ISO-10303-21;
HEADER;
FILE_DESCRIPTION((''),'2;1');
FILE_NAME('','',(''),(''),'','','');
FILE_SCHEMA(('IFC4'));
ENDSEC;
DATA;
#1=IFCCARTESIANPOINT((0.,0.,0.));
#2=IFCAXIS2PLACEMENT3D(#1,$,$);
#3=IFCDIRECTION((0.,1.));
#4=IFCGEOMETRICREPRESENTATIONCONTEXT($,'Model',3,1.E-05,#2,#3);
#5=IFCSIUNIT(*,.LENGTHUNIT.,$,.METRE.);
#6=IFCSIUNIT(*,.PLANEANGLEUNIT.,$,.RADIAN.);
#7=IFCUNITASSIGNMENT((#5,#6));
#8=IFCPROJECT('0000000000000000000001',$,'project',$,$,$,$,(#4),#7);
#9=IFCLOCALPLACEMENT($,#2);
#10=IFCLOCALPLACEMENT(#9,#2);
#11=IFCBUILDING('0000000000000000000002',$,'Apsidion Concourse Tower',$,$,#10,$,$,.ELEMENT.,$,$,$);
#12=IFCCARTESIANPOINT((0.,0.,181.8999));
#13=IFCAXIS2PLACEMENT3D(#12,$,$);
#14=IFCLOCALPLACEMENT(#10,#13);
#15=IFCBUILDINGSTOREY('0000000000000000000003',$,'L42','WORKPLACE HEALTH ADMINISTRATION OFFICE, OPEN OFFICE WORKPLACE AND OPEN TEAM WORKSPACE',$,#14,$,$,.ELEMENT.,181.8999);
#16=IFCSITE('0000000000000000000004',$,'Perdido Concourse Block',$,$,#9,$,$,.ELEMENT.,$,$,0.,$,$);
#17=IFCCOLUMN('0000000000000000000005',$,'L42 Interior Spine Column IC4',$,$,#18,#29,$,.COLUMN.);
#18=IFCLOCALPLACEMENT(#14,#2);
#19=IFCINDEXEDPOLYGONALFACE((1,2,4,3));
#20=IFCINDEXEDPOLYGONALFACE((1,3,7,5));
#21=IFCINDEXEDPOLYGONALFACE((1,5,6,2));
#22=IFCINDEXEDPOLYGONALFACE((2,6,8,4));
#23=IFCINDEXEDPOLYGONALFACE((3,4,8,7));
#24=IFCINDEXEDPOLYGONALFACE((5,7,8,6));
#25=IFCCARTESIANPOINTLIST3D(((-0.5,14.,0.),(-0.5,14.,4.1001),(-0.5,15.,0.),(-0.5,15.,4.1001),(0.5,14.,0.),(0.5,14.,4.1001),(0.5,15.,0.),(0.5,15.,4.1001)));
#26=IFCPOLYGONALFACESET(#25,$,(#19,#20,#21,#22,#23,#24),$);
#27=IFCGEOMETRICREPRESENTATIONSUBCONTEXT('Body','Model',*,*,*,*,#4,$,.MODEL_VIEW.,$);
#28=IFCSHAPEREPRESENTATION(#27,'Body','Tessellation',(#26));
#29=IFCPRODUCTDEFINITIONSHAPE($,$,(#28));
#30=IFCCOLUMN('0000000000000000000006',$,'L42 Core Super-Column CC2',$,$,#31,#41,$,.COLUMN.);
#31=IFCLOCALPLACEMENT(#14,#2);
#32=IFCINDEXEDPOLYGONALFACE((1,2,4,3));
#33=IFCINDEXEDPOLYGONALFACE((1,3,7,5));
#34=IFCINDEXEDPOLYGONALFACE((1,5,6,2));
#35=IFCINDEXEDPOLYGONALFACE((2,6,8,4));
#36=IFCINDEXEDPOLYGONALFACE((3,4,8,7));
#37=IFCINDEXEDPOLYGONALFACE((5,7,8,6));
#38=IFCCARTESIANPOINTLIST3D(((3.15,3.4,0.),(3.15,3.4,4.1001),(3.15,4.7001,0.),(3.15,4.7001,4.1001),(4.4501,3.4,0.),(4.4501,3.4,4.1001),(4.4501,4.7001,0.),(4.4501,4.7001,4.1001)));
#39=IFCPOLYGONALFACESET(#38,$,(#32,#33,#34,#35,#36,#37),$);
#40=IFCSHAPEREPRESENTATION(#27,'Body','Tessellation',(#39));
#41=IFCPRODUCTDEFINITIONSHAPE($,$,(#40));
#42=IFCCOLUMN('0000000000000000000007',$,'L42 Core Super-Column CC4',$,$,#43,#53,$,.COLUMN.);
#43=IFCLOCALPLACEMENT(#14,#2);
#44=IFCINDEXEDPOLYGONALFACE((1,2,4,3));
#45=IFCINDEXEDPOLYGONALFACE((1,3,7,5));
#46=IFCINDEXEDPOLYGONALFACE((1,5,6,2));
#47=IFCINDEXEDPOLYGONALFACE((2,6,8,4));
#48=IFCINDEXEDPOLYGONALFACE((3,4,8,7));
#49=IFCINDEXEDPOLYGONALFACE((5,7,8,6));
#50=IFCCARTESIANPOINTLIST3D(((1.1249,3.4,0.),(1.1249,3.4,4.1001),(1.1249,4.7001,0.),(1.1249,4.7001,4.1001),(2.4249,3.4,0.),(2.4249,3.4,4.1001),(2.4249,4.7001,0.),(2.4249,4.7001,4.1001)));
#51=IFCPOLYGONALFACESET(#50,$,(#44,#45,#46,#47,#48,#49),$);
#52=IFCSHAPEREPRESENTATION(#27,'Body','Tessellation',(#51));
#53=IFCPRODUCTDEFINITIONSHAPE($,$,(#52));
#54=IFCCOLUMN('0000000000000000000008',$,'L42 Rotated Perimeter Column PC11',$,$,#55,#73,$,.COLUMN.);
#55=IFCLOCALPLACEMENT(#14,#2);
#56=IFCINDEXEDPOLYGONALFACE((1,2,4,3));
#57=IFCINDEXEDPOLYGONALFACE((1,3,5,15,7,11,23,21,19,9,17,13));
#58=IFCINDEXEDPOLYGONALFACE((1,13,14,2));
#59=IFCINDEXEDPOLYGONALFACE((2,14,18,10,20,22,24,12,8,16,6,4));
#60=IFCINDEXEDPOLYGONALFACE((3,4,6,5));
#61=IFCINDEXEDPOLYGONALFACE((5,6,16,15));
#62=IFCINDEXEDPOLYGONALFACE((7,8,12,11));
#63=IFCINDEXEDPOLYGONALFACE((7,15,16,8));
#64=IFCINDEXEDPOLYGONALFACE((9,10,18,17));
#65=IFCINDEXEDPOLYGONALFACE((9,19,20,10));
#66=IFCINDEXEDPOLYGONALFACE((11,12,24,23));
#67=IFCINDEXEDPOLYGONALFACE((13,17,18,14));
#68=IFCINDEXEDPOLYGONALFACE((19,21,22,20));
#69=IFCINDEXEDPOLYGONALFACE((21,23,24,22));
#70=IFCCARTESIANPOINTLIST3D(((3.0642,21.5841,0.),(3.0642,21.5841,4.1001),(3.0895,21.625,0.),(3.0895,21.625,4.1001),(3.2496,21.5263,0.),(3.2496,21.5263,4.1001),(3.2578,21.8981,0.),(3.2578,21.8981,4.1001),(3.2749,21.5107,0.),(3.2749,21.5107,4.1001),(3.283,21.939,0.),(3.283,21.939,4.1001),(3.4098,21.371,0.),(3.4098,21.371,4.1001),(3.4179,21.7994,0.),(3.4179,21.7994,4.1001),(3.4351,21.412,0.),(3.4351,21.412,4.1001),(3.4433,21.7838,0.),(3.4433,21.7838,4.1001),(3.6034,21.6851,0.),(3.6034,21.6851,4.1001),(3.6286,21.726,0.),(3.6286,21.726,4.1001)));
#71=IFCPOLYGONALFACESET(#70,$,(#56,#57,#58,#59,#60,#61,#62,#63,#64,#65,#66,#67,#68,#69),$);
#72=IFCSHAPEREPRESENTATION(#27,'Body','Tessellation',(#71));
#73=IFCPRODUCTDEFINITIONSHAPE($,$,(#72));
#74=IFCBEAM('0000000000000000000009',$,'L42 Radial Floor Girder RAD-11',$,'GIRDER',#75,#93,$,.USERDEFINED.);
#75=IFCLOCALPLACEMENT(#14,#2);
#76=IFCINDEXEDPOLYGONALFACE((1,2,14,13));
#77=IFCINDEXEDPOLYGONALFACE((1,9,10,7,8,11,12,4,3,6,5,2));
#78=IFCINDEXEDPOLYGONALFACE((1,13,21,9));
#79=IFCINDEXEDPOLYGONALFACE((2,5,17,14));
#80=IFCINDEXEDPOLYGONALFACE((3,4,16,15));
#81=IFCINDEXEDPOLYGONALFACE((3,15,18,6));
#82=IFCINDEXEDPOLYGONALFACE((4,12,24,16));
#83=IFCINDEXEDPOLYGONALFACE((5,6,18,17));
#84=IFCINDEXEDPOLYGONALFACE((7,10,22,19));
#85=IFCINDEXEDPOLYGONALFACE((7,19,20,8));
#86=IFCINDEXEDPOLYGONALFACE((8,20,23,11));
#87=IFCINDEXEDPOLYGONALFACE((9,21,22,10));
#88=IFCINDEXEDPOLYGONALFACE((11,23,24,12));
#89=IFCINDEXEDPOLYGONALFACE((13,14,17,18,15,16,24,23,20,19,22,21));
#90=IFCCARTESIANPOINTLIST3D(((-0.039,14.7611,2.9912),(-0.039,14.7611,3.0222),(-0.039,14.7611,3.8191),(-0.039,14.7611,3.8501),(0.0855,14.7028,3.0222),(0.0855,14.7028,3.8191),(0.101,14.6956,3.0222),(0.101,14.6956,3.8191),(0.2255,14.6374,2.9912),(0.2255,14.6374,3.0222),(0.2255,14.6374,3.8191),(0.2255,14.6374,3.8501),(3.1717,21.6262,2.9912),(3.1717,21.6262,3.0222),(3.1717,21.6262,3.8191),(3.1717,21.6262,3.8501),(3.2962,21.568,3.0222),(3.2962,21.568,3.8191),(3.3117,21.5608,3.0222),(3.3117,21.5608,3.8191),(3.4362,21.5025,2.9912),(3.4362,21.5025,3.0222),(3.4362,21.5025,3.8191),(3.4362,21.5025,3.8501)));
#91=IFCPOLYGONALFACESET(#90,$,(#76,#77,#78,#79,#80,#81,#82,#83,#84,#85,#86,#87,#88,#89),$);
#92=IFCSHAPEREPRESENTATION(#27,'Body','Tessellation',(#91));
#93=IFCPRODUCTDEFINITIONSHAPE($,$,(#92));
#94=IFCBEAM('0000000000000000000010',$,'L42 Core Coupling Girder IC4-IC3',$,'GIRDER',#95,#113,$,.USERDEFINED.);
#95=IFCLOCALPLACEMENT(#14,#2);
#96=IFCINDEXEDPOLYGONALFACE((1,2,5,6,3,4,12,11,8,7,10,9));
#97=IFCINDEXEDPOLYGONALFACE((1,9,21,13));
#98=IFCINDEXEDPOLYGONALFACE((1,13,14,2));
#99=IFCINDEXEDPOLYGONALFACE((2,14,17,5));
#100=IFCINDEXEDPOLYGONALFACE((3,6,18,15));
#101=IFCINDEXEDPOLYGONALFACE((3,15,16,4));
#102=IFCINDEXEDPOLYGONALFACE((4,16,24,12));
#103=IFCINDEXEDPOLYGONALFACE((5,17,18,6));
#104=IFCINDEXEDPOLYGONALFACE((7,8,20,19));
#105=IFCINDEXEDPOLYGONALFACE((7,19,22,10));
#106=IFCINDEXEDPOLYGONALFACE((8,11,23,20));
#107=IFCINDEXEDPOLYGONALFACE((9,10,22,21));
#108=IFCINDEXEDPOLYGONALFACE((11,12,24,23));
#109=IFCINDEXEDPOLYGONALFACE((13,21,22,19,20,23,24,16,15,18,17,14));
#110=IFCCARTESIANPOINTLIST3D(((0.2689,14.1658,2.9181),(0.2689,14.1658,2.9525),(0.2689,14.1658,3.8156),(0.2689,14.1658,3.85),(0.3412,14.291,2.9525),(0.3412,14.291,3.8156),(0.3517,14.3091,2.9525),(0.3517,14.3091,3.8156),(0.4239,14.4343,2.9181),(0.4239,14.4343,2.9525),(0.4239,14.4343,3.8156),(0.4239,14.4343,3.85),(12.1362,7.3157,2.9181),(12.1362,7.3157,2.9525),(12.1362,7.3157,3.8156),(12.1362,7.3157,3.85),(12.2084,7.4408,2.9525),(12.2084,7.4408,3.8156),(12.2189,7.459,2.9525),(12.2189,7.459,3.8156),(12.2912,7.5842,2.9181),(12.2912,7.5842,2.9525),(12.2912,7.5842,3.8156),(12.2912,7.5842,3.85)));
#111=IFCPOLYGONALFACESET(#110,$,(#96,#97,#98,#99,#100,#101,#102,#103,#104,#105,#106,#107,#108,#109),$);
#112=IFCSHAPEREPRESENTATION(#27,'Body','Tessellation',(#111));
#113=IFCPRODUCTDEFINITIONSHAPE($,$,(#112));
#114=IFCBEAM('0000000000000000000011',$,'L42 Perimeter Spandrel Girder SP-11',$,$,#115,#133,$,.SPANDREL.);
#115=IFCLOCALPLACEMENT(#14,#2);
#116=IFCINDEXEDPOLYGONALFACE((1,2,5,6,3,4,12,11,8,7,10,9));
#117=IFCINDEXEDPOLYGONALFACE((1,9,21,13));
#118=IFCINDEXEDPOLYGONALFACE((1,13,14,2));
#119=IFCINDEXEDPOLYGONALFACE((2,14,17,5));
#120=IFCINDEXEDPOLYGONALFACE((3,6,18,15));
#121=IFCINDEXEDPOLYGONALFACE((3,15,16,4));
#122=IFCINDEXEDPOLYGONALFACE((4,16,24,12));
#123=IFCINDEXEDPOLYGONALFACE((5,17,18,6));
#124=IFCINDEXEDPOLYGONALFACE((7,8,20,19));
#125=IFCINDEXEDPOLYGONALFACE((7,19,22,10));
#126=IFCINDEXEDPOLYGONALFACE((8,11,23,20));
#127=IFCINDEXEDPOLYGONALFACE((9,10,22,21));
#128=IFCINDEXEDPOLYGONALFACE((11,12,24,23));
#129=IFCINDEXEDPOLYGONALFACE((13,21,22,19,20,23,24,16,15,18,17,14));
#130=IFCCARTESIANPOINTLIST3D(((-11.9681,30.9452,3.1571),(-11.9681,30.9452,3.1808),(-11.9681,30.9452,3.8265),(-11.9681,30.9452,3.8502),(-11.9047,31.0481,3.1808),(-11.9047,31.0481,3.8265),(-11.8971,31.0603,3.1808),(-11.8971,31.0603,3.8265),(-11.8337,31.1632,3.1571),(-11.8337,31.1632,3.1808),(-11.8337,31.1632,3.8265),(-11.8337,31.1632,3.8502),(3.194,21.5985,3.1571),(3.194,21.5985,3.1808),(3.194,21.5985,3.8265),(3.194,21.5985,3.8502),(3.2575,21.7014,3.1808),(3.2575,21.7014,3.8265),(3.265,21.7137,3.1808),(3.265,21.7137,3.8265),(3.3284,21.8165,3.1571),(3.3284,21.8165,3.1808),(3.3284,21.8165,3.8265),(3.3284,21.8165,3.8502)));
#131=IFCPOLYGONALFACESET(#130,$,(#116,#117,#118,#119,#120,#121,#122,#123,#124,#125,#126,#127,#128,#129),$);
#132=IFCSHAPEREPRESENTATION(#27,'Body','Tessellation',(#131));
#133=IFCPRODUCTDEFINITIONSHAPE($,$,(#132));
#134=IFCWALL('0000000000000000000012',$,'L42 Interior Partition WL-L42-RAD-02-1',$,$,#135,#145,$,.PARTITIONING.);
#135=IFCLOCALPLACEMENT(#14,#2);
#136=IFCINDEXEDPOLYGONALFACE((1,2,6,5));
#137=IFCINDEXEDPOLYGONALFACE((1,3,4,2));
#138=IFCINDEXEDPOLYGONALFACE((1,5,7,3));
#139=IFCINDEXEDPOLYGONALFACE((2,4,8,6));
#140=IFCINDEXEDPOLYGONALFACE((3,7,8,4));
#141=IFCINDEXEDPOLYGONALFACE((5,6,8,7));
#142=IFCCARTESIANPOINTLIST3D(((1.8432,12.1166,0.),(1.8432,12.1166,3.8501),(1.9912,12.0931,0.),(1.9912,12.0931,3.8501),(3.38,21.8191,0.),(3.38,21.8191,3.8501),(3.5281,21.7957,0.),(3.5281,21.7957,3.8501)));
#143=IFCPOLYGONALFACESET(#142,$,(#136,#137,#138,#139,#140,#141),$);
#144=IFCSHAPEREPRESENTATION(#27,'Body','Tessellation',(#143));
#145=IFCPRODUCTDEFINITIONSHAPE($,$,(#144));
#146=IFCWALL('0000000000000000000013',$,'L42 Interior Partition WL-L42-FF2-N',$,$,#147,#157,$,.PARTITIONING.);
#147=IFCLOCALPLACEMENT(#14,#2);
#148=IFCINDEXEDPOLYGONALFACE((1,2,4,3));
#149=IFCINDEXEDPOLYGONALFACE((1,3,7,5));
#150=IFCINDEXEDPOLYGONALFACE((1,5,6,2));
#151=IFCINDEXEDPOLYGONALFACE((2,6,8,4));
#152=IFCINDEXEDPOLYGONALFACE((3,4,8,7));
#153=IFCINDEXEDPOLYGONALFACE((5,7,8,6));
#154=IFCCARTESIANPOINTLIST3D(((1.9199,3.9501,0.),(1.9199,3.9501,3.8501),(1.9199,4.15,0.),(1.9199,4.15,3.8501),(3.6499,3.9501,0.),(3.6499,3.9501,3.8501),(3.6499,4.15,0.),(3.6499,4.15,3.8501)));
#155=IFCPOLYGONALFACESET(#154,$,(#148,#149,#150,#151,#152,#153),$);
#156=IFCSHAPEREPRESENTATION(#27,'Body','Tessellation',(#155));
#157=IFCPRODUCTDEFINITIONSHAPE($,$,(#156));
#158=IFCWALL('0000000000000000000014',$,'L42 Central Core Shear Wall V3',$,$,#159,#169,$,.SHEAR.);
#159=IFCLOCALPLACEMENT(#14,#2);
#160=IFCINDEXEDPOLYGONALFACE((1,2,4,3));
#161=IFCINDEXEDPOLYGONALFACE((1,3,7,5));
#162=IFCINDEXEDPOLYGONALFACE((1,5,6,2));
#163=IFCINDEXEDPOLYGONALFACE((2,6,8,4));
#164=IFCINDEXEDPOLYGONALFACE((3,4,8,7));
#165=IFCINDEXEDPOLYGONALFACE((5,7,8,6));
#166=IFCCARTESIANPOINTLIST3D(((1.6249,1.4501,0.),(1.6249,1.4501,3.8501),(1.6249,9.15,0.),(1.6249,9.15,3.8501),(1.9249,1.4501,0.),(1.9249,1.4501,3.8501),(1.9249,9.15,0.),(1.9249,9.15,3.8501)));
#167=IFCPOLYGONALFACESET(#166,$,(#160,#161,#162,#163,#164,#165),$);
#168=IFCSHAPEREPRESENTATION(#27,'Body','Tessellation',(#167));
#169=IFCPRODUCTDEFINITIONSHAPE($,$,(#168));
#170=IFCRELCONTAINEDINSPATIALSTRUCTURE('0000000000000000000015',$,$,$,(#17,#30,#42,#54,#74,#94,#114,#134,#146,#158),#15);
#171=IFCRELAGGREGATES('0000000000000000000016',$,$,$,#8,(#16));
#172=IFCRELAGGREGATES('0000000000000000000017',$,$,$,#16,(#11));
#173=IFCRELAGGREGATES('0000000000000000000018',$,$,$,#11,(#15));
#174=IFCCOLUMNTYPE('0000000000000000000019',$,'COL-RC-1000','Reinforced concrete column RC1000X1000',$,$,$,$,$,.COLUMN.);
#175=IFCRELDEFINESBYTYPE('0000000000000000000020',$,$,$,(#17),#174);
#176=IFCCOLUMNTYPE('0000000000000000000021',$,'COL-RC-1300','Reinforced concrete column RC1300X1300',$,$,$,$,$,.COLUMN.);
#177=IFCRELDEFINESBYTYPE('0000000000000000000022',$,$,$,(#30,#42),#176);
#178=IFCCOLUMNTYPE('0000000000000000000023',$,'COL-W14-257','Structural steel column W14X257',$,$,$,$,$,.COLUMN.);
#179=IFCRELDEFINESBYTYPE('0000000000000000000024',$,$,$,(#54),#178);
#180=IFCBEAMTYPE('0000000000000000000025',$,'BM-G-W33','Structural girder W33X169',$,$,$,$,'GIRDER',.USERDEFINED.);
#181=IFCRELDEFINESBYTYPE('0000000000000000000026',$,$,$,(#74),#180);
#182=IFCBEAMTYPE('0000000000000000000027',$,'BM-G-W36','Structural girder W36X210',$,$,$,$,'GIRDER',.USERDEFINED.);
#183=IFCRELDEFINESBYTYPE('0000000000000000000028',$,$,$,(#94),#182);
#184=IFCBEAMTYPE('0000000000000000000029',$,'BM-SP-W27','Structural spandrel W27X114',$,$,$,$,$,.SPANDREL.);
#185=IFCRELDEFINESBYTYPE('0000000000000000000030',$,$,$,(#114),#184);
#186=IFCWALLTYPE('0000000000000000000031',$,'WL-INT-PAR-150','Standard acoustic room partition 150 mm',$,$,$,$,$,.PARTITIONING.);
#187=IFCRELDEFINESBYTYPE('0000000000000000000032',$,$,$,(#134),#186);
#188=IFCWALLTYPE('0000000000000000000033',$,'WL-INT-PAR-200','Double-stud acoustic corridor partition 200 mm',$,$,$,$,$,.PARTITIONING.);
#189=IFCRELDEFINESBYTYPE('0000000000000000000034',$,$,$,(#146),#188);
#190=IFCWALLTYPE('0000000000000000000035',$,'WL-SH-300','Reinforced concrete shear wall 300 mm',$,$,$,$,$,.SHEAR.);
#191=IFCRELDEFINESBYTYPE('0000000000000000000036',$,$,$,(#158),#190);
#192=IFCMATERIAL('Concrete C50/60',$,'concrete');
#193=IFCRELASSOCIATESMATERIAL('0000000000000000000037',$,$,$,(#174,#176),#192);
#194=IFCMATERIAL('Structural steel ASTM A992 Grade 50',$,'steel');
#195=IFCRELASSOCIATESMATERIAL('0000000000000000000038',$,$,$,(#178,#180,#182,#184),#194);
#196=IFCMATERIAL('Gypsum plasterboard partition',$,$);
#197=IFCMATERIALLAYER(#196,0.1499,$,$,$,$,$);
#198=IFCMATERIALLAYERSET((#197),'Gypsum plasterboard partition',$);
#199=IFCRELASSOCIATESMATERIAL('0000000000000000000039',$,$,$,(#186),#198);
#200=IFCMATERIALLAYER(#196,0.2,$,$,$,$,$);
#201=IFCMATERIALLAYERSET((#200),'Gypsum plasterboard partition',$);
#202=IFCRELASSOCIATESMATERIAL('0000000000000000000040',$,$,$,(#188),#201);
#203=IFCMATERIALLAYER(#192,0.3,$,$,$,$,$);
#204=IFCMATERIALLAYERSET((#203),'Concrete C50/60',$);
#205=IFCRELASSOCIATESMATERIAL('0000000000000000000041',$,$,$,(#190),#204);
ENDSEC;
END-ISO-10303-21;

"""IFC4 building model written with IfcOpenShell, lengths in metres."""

from ifc_helpers import new_model, si_unit, direction, frame, frame_2d, origin, origin_2d, place, context, subcontext, project, spatial, rectangle, i_section, extrude, material, layer, layer_set, material_profile, profile_set, type_object, element, save


model = new_model("IFC4")

# Units and contexts
model_context = context("Model", 3, precision=1e-05, world=origin(), true_north=direction((0.0, 1.0)))
body_context = subcontext(model_context, "Body", "Model", "MODEL_VIEW")
ifc_project = project(units=[si_unit("LENGTHUNIT", "METRE"), si_unit("PLANEANGLEUNIT", "RADIAN")], contexts=[model_context])

# Site, building, storey
site_placement = place(None, origin())
site = spatial("IfcSite", under=ifc_project, at=site_placement, Name="Perdido Concourse Block", CompositionType="ELEMENT", RefElevation=0.0)
building_placement = place(site_placement, origin())
building = spatial("IfcBuilding", under=site, at=building_placement, Name="Apsidion Concourse Tower", CompositionType="ELEMENT")
storey_placement = place(building_placement, frame((0.0, 0.0, 181.8999)))
storey = spatial("IfcBuildingStorey", under=building, at=storey_placement, Name="L42", Description="WORKPLACE HEALTH ADMINISTRATION OFFICE, OPEN OFFICE WORKPLACE AND OPEN TEAM WORKSPACE", CompositionType="ELEMENT", Elevation=181.8999)

# Columns
ifc_material_1 = material(Name="Concrete C50/60", Category="concrete")
ifc_material_profile_1 = material_profile(ifc_material_1, rectangle(XDim=1.0, YDim=1.0, at=origin_2d()), Name="RC 1000x1000")
ifc_profile_set_1 = profile_set([ifc_material_profile_1], Name="Concrete C50/60")
column_type_1 = type_object("IfcColumnType", Name="COL-RC-1000", Description="Reinforced concrete column RC1000X1000", PredefinedType="COLUMN", material=ifc_profile_set_1)
column_1_placement = place(storey_placement, frame((0.0, 14.5, 0.0), z_axis=(0.0, 0.0, 1.0), x_axis=(1.0, 0.0, 0.0)))
element("IfcColumn", 1, at=column_1_placement, inside=storey, type_object=column_type_1, Name="L42 Interior Spine Column IC4", PredefinedType="COLUMN", context=body_context, shape_type="SweptSolid", body=[
    extrude(rectangle(XDim=1.0, YDim=1.0, at=origin_2d()), origin(), (0.0, 0.0, 1.0), 4.1001),
])
ifc_material_profile_2 = material_profile(ifc_material_1, rectangle(XDim=1.3, YDim=1.3, at=origin_2d()), Name="RC 1300x1300")
ifc_profile_set_2 = profile_set([ifc_material_profile_2], Name="Concrete C50/60")
column_type_2 = type_object("IfcColumnType", Name="COL-RC-1300", Description="Reinforced concrete column RC1300X1300", PredefinedType="COLUMN", material=ifc_profile_set_2)
for number, where, z_axis, x_axis, name in (
    (2, (3.8, 4.05, 0.0), (0.0, 0.0, 1.0), (1.0, 0.0, 0.0), "L42 Core Super-Column CC2"),
    (3, (1.7749, 4.05, 0.0), (0.0, 0.0, 1.0), (1.0, 0.0, 0.0), "L42 Core Super-Column CC4"),
):
    element("IfcColumn", number, at=place(storey_placement, frame(where, z_axis=z_axis, x_axis=x_axis)), inside=storey, type_object=column_type_2, Name=name, PredefinedType="COLUMN", context=body_context, shape_type="SweptSolid", body=[
        extrude(rectangle(XDim=1.3, YDim=1.3, at=origin_2d()), origin(), (0.0, 0.0, 1.0), 4.1001),
    ])
ifc_material_2 = material(Name="Structural steel ASTM A992 Grade 50", Category="steel")
ifc_material_profile_3 = material_profile(ifc_material_2, i_section(OverallWidth=0.406, OverallDepth=0.417, WebThickness=0.0298, FlangeThickness=0.0481, at=origin_2d()), Name="W14X257")
ifc_profile_set_3 = profile_set([ifc_material_profile_3], Name="Structural steel ASTM A992 Grade 50")
column_type_3 = type_object("IfcColumnType", Name="COL-W14-257", Description="Structural steel column W14X257", PredefinedType="COLUMN", material=ifc_profile_set_3)
column_2_placement = place(storey_placement, frame((3.3464, 21.655, 0.0), z_axis=(0.0, 0.0, 1.0), x_axis=(-0.851269, 0.524729, 0.0)))
element("IfcColumn", 4, at=column_2_placement, inside=storey, type_object=column_type_3, Name="L42 Rotated Perimeter Column PC11", PredefinedType="COLUMN", context=body_context, shape_type="SweptSolid", body=[
    extrude(i_section(OverallWidth=0.406, OverallDepth=0.417, WebThickness=0.0298, FlangeThickness=0.0481, at=origin_2d()), origin(), (0.0, 0.0, 1.0), 4.1001),
])

# Beams
ifc_material_profile_4 = material_profile(ifc_material_2, i_section(OverallWidth=0.292, OverallDepth=0.8589, WebThickness=0.0171, FlangeThickness=0.031, at=origin_2d()), Name="W33X169")
ifc_profile_set_4 = profile_set([ifc_material_profile_4], Name="Structural steel ASTM A992 Grade 50")
beam_type_1 = type_object("IfcBeamType", Name="BM-G-W33", Description="Structural girder W33X169", ElementType="GIRDER", PredefinedType="USERDEFINED", material=ifc_profile_set_4)
beam_1_placement = place(storey_placement, frame((0.0933, 14.6992, 3.4207), z_axis=(0.423635, 0.905833, 0.0), x_axis=(-0.905833, 0.423635, 0.0)))
element("IfcBeam", 5, at=beam_1_placement, inside=storey, type_object=beam_type_1, Name="L42 Radial Floor Girder RAD-11", ObjectType="GIRDER", PredefinedType="USERDEFINED", context=body_context, shape_type="SweptSolid", body=[
    extrude(i_section(OverallWidth=0.292, OverallDepth=0.8589, WebThickness=0.0171, FlangeThickness=0.031, at=origin_2d()), origin(), (0.0, 0.0, 1.0), 7.5789),
])
ifc_material_profile_5 = material_profile(ifc_material_2, i_section(OverallWidth=0.3101, OverallDepth=0.9319, WebThickness=0.021, FlangeThickness=0.0344, at=origin_2d()), Name="W36X210")
ifc_profile_set_5 = profile_set([ifc_material_profile_5], Name="Structural steel ASTM A992 Grade 50")
beam_type_2 = type_object("IfcBeamType", Name="BM-G-W36", Description="Structural girder W36X210", ElementType="GIRDER", PredefinedType="USERDEFINED", material=ifc_profile_set_5)
beam_2_placement = place(storey_placement, frame((0.3464, 14.3, 3.384), z_axis=(0.86607, -0.499922, 0.0), x_axis=(0.499922, 0.86607, 0.0)))
element("IfcBeam", 6, at=beam_2_placement, inside=storey, type_object=beam_type_2, Name="L42 Core Coupling Girder IC4-IC3", ObjectType="GIRDER", PredefinedType="USERDEFINED", context=body_context, shape_type="SweptSolid", body=[
    extrude(i_section(OverallWidth=0.3101, OverallDepth=0.9319, WebThickness=0.021, FlangeThickness=0.0344, at=origin_2d()), origin(), (0.0, 0.0, 1.0), 13.7024),
])
ifc_material_profile_6 = material_profile(ifc_material_2, i_section(OverallWidth=0.2561, OverallDepth=0.6931, WebThickness=0.0144, FlangeThickness=0.0237, at=origin_2d()), Name="W27X114")
ifc_profile_set_6 = profile_set([ifc_material_profile_6], Name="Structural steel ASTM A992 Grade 50")
beam_type_3 = type_object("IfcBeamType", Name="BM-SP-W27", Description="Structural spandrel W27X114", PredefinedType="SPANDREL", material=ifc_profile_set_6)
beam_3_placement = place(storey_placement, frame((3.2612, 21.7075, 3.5037), z_axis=(-0.851253, 0.524755, 0.0), x_axis=(-0.524755, -0.851253, 0.0)))
element("IfcBeam", 7, at=beam_3_placement, inside=storey, type_object=beam_type_3, Name="L42 Perimeter Spandrel Girder SP-11", PredefinedType="SPANDREL", context=body_context, shape_type="SweptSolid", body=[
    extrude(i_section(OverallWidth=0.2561, OverallDepth=0.6931, WebThickness=0.0144, FlangeThickness=0.0237, at=origin_2d()), origin(), (0.0, 0.0, 1.0), 17.8115),
])

# Walls
ifc_material_3 = material(Name="Gypsum plasterboard partition")
ifc_layer_1 = layer(ifc_material_3, 0.1499)
ifc_layer_set_1 = layer_set([ifc_layer_1], Name="Gypsum plasterboard partition")
wall_type_1 = type_object("IfcWallType", Name="WL-INT-PAR-150", Description="Standard acoustic room partition 150 mm", PredefinedType="PARTITIONING", material=ifc_layer_set_1)
wall_1_placement = place(storey_placement, frame((1.9172, 12.105, 0.0), z_axis=(0.0, 0.0, 1.0), x_axis=(0.156446, 0.987686, 0.0)))
element("IfcWall", 8, at=wall_1_placement, inside=storey, type_object=wall_type_1, Name="L42 Interior Partition WL-L42-RAD-02-1", PredefinedType="PARTITIONING", context=body_context, shape_type="SweptSolid", body=[
    extrude(rectangle(XDim=9.8235, YDim=0.1499, at=frame_2d((4.9116, 0.0))), origin(), (0.0, 0.0, 1.0), 3.8501),
])
ifc_layer_2 = layer(ifc_material_3, 0.2)
ifc_layer_set_2 = layer_set([ifc_layer_2], Name="Gypsum plasterboard partition")
wall_type_2 = type_object("IfcWallType", Name="WL-INT-PAR-200", Description="Double-stud acoustic corridor partition 200 mm", PredefinedType="PARTITIONING", material=ifc_layer_set_2)
wall_2_placement = place(storey_placement, frame((1.9199, 4.05, 0.0), z_axis=(0.0, 0.0, 1.0), x_axis=(1.0, 0.0, 0.0)))
element("IfcWall", 9, at=wall_2_placement, inside=storey, type_object=wall_type_2, Name="L42 Interior Partition WL-L42-FF2-N", PredefinedType="PARTITIONING", context=body_context, shape_type="SweptSolid", body=[
    extrude(rectangle(XDim=1.73, YDim=0.2, at=frame_2d((0.865, 0.0))), origin(), (0.0, 0.0, 1.0), 3.8501),
])
ifc_layer_3 = layer(ifc_material_1, 0.3)
ifc_layer_set_3 = layer_set([ifc_layer_3], Name="Concrete C50/60")
wall_type_3 = type_object("IfcWallType", Name="WL-SH-300", Description="Reinforced concrete shear wall 300 mm", PredefinedType="SHEAR", material=ifc_layer_set_3)
for number, where, z_axis, x_axis, name in (
    (10, (1.7749, 1.45, 0.0), (0.0, 0.0, 1.0), (0.0, 1.0, 0.0), "L42 Central Core Shear Wall V3"),
):
    element("IfcWall", number, at=place(storey_placement, frame(where, z_axis=z_axis, x_axis=x_axis)), inside=storey, type_object=wall_type_3, Name=name, PredefinedType="SHEAR", context=body_context, shape_type="SweptSolid", body=[
        extrude(rectangle(XDim=7.7, YDim=0.3, at=frame_2d((3.8501, 0.0))), origin(), (0.0, 0.0, 1.0), 3.8501),
    ])

save(model, "model.ifc")
